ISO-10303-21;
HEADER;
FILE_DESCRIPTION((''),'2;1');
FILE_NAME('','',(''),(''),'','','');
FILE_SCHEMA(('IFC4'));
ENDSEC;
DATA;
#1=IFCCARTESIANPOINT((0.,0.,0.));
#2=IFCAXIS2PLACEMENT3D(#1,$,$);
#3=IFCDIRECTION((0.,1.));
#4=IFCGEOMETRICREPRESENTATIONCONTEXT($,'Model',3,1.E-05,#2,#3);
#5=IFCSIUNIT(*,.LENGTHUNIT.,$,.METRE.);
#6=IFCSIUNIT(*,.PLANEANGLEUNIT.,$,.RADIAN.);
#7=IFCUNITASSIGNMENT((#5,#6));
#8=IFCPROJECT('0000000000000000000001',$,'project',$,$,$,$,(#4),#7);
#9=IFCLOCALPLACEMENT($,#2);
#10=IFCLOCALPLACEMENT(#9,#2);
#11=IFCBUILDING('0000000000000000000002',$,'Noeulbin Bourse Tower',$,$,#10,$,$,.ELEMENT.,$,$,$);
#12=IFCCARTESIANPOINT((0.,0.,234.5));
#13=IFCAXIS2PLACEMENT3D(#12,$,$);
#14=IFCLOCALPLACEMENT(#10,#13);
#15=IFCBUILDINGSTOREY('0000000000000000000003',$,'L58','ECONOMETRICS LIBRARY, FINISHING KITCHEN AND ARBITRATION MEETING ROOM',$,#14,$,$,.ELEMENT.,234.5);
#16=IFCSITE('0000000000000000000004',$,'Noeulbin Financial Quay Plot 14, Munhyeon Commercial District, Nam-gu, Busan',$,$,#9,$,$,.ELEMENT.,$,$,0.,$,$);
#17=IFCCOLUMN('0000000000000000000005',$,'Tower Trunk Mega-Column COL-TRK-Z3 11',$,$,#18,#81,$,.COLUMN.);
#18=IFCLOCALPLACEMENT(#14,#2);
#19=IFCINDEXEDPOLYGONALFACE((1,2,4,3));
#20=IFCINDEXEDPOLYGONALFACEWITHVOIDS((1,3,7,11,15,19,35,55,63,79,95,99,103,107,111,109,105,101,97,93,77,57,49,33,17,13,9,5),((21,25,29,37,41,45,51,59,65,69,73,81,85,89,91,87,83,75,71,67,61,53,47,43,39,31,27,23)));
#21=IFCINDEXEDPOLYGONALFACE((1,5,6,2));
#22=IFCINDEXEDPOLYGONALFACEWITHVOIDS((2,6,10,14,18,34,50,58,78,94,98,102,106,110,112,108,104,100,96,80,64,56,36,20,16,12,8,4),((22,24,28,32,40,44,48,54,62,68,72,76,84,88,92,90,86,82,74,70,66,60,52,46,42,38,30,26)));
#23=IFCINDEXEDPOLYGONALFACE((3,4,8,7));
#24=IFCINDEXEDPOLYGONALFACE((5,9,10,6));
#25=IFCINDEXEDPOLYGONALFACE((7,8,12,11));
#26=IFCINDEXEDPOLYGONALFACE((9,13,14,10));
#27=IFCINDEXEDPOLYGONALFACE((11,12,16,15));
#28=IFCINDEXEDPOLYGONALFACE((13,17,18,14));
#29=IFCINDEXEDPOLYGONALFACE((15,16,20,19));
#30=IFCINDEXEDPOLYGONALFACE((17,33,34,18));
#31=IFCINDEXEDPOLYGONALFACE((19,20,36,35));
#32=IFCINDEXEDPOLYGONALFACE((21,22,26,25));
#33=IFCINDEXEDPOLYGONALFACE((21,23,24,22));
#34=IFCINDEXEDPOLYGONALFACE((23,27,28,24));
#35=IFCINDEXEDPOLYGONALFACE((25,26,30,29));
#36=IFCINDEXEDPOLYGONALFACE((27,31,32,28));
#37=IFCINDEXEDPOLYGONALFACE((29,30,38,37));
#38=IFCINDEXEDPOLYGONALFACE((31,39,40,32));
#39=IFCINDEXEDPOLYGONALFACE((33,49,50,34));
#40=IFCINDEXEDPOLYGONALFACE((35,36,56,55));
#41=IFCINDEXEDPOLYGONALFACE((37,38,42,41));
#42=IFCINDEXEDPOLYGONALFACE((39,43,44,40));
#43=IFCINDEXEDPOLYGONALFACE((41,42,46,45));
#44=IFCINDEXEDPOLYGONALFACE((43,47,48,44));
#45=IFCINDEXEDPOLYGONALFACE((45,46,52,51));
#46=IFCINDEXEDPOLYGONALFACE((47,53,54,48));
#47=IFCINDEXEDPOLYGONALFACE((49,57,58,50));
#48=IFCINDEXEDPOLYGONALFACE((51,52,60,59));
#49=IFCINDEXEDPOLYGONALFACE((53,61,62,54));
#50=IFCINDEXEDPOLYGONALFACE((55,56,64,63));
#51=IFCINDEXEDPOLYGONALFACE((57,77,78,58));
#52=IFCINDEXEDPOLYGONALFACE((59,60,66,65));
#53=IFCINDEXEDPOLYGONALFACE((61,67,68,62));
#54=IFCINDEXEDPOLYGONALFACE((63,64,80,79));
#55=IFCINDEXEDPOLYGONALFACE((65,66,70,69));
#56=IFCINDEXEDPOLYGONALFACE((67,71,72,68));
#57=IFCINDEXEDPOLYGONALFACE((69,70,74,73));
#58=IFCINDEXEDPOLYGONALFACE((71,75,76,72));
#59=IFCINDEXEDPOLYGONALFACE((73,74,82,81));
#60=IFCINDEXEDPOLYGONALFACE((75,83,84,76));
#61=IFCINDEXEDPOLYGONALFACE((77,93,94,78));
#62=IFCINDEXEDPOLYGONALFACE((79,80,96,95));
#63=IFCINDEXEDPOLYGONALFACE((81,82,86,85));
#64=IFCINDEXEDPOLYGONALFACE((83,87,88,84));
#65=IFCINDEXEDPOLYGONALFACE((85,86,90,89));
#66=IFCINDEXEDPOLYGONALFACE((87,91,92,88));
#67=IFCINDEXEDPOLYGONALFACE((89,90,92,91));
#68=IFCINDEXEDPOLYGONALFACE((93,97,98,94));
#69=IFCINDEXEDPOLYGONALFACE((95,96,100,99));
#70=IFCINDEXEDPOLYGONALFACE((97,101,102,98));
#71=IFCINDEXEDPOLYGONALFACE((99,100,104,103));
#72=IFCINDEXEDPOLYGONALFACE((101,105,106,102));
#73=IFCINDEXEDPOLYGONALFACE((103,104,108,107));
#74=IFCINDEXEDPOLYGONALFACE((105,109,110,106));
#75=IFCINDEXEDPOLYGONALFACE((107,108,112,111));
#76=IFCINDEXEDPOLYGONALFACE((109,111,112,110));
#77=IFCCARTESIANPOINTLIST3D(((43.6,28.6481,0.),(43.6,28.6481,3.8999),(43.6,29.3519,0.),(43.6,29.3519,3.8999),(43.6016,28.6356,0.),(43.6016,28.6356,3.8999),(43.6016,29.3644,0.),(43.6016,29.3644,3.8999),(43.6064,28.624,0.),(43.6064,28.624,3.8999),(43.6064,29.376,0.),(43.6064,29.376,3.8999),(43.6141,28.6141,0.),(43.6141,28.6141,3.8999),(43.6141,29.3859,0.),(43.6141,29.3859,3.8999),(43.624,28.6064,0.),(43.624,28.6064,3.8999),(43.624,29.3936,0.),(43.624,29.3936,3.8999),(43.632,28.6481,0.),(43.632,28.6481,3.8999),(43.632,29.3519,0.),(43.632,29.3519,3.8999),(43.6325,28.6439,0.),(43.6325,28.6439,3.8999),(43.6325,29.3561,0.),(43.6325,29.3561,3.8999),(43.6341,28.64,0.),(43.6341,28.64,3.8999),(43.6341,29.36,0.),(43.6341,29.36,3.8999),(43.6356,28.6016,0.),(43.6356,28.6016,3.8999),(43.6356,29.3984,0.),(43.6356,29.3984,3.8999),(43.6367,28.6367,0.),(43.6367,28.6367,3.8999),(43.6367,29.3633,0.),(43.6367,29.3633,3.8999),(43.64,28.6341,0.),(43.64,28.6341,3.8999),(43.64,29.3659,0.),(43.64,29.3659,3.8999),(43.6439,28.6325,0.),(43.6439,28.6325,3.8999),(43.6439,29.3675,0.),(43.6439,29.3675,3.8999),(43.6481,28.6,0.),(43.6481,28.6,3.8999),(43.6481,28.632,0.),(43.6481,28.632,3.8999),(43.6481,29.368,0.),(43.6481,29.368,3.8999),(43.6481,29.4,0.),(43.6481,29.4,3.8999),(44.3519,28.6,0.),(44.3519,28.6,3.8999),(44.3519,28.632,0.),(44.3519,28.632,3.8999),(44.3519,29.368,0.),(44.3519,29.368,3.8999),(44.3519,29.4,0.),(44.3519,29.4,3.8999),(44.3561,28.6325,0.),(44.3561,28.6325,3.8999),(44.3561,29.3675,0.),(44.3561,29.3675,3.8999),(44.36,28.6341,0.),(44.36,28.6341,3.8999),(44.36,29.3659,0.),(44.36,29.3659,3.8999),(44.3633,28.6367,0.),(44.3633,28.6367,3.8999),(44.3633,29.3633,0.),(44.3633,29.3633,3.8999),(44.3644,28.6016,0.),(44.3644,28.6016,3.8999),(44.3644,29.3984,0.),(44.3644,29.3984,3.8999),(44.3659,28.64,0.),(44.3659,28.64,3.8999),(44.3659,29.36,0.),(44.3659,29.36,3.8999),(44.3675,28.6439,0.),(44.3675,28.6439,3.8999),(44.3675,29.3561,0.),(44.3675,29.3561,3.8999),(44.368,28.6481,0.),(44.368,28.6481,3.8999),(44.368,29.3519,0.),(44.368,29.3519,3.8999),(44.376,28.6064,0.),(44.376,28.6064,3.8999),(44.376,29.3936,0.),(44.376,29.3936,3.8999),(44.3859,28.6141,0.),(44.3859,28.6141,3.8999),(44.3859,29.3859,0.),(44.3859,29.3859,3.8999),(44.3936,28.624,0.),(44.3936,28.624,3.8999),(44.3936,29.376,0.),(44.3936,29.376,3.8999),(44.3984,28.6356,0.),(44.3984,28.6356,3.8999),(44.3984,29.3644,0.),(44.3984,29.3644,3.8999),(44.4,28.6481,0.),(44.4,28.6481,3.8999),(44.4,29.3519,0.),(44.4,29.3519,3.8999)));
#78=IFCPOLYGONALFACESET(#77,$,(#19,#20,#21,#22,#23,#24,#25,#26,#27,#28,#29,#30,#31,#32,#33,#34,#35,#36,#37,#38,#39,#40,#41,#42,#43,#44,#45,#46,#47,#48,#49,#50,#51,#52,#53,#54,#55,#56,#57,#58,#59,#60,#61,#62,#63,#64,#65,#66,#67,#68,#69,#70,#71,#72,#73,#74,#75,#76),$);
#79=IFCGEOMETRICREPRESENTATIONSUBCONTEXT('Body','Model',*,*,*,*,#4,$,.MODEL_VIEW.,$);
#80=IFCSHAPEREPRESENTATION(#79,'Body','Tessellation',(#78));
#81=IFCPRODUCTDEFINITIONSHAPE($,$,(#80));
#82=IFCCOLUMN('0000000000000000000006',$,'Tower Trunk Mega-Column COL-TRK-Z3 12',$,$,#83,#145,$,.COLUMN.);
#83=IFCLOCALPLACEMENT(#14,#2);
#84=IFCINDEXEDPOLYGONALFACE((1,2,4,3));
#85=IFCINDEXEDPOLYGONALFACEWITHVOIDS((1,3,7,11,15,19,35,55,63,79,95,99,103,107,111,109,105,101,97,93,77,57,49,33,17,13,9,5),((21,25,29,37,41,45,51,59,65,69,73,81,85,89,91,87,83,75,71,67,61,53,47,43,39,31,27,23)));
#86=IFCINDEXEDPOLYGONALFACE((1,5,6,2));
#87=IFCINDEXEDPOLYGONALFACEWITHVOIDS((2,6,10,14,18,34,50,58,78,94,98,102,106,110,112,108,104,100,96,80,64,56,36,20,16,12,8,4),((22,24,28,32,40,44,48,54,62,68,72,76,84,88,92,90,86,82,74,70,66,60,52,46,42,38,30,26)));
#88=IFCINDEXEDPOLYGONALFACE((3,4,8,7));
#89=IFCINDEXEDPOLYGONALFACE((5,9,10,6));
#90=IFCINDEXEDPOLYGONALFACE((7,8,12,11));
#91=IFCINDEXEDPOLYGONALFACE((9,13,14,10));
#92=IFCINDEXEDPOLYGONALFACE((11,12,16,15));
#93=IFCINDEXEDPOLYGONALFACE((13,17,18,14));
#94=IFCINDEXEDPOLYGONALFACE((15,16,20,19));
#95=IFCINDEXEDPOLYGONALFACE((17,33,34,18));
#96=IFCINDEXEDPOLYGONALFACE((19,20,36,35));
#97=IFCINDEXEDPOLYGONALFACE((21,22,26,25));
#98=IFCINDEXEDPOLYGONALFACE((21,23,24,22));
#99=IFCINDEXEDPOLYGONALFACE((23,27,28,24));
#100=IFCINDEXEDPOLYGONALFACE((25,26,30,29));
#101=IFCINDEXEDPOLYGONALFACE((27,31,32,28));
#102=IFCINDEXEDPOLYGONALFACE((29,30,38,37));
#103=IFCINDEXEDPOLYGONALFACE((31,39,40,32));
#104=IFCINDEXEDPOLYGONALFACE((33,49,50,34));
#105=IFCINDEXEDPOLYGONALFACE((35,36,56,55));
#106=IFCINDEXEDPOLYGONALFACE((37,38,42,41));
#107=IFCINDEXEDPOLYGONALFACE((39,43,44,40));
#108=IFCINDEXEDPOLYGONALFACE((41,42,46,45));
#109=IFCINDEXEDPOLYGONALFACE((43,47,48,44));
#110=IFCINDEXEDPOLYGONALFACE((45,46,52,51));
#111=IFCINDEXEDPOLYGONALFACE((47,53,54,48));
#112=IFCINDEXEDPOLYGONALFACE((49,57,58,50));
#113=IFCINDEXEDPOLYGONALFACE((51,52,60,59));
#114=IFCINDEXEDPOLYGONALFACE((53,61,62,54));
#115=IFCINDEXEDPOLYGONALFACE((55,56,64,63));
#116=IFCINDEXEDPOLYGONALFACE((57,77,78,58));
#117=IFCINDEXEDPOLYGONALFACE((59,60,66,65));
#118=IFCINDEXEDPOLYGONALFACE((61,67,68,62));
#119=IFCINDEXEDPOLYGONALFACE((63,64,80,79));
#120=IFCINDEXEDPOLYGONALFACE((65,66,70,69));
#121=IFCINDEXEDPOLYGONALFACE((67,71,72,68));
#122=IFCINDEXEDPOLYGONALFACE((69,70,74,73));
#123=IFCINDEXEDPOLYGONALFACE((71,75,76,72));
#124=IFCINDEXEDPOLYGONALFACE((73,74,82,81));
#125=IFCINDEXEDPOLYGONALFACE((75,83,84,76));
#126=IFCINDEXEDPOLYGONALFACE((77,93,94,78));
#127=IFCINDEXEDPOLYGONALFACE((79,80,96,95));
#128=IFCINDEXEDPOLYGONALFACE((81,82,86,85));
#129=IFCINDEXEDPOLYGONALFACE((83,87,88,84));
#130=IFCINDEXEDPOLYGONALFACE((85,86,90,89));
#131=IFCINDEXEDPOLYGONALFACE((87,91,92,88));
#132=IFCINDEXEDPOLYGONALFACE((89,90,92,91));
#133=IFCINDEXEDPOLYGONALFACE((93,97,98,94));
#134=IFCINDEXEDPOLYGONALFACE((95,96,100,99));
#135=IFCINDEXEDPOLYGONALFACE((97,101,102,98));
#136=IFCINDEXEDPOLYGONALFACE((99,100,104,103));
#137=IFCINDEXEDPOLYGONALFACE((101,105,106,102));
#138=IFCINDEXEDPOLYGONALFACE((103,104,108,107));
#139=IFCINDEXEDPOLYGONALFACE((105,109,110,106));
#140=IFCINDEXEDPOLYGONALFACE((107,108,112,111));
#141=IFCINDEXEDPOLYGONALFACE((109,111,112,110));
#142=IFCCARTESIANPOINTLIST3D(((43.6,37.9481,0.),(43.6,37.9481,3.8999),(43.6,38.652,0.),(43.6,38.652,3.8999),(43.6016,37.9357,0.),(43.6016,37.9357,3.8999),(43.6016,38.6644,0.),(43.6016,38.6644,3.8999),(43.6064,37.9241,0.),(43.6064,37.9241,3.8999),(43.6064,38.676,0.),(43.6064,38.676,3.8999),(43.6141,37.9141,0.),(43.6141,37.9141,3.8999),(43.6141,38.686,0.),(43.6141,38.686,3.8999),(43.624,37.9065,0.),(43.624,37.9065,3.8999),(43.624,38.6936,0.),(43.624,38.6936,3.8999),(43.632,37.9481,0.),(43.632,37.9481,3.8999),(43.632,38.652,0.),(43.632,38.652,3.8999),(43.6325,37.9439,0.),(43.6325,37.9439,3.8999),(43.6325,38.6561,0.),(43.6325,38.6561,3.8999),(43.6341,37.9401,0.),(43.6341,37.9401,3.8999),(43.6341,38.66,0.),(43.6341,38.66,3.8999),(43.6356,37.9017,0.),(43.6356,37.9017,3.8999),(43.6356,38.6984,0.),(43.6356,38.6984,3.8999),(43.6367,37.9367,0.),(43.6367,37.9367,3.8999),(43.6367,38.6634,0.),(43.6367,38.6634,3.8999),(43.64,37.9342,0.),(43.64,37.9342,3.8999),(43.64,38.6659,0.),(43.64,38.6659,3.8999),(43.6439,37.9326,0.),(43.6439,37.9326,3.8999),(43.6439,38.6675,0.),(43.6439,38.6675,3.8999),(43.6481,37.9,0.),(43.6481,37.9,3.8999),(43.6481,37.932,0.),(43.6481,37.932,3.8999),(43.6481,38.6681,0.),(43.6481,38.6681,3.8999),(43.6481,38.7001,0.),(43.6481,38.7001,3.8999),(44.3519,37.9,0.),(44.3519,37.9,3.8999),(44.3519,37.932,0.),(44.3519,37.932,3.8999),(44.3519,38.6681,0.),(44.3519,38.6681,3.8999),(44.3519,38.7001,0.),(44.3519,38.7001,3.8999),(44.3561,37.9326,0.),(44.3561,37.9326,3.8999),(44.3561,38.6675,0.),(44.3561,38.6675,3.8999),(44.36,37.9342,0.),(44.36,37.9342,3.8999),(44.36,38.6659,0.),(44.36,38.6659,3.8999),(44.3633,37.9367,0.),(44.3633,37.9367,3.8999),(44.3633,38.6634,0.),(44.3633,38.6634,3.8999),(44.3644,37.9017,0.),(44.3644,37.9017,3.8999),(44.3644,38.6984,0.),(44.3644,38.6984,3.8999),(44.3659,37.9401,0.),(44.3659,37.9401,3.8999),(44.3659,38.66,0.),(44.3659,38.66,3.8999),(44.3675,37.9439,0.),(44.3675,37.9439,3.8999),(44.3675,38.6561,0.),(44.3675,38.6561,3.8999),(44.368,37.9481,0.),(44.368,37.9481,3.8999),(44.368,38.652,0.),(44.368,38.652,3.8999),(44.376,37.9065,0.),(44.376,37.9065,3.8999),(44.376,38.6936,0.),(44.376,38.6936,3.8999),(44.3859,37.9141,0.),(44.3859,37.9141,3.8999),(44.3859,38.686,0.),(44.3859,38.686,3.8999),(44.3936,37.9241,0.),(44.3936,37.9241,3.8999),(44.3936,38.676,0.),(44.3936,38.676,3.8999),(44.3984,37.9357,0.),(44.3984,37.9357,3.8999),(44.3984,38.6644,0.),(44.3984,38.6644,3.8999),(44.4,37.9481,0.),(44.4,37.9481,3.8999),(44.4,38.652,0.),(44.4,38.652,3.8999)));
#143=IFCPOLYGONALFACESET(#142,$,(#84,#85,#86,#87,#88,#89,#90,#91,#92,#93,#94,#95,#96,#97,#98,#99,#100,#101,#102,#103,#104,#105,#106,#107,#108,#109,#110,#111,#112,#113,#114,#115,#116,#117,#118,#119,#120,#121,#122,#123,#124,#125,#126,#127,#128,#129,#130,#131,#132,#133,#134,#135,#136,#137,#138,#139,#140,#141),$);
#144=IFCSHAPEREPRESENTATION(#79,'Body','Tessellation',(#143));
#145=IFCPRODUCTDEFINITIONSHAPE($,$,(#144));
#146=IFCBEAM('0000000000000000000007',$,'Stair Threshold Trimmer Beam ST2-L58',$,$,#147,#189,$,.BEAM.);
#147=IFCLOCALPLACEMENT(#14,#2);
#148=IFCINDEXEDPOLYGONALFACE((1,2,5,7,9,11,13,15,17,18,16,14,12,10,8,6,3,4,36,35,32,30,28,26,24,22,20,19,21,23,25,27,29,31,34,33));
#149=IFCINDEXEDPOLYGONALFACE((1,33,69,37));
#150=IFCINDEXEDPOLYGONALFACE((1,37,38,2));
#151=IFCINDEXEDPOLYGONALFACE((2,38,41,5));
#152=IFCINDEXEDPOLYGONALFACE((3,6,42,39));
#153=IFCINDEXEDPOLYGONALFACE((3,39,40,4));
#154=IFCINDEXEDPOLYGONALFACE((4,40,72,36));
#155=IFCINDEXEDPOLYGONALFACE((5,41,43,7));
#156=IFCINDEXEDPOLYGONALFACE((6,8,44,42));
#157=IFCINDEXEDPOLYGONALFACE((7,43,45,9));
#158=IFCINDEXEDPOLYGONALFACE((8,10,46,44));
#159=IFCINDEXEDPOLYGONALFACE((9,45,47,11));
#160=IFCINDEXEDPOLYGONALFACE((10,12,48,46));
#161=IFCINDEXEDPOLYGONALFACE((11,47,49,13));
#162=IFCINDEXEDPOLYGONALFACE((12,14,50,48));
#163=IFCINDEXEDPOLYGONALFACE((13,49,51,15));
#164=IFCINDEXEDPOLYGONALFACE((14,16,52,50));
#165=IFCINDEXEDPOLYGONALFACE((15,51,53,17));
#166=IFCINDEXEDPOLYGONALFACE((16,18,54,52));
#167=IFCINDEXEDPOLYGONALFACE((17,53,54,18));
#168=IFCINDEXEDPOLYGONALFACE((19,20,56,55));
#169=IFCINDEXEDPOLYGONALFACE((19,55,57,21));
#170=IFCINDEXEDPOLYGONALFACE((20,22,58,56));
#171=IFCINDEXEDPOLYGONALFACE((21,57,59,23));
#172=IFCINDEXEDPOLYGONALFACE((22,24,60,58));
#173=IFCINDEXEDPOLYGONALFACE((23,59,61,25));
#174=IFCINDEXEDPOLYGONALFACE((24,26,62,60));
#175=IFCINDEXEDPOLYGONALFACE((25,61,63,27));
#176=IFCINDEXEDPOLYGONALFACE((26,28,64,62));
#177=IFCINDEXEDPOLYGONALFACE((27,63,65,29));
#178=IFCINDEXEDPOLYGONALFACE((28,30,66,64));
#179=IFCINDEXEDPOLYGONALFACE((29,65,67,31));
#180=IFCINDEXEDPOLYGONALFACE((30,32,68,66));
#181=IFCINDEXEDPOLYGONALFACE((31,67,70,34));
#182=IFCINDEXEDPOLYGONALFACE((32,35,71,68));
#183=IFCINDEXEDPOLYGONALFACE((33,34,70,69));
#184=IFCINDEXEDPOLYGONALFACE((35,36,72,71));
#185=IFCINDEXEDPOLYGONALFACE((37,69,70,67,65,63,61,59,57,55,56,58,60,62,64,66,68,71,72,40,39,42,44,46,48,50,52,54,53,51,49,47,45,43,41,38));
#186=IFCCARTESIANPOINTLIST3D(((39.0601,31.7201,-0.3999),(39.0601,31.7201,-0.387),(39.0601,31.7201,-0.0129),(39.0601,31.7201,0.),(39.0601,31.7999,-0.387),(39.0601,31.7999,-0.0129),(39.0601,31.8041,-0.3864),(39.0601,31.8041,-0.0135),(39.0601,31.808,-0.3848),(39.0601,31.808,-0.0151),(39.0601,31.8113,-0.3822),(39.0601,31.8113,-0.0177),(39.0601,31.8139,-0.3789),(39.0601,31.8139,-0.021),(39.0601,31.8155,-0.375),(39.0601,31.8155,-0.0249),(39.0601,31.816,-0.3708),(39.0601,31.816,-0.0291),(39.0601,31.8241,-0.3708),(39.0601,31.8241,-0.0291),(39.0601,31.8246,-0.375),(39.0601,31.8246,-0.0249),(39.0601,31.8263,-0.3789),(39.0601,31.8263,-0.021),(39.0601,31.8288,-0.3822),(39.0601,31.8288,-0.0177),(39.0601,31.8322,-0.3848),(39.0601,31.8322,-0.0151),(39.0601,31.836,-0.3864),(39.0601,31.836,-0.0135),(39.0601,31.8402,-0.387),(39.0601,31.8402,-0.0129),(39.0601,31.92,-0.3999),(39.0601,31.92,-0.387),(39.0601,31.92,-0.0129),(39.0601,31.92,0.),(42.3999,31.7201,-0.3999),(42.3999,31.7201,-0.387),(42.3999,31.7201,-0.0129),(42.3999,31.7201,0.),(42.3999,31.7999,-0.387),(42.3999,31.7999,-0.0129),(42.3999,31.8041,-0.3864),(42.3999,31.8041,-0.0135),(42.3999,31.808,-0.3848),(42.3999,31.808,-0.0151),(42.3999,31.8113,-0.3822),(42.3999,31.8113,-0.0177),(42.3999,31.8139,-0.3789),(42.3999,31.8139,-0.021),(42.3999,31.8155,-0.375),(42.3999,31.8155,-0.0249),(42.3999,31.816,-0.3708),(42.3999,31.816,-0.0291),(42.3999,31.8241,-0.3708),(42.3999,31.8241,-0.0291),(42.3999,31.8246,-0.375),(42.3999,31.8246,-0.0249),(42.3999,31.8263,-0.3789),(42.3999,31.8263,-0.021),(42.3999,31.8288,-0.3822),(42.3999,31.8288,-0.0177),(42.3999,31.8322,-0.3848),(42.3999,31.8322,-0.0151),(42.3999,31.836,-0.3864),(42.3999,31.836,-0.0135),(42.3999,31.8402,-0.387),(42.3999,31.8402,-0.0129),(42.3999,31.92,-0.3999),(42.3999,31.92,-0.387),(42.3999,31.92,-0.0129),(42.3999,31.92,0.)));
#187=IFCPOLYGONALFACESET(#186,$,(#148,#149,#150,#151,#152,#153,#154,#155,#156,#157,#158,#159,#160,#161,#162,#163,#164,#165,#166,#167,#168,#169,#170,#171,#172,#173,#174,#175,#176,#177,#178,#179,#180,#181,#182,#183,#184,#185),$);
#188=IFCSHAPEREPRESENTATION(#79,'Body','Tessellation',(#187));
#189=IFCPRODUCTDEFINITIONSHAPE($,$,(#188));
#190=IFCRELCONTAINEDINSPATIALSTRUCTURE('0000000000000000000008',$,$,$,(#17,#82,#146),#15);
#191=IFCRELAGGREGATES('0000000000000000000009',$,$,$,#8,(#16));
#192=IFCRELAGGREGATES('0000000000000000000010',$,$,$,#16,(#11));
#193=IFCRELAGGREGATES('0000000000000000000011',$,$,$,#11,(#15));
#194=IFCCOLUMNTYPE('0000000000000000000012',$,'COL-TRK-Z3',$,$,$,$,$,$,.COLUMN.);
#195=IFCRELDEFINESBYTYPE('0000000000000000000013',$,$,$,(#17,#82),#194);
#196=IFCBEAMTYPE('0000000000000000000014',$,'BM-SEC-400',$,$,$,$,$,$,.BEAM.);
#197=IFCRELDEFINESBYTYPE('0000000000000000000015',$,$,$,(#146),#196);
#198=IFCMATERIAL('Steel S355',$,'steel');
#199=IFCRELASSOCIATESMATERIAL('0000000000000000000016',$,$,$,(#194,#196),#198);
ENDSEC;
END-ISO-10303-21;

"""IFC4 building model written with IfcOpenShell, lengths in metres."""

from ifc_helpers import new_model, si_unit, direction, frame, origin, origin_2d, place, context, subcontext, project, spatial, hollow_rectangle, i_section, extrude, material, material_profile, profile_set, type_object, element, save


model = new_model("IFC4")

# Units and contexts
model_context = context("Model", 3, precision=1e-05, world=origin(), true_north=direction((0.0, 1.0)))
body_context = subcontext(model_context, "Body", "Model", "MODEL_VIEW")
ifc_project = project(units=[si_unit("LENGTHUNIT", "METRE"), si_unit("PLANEANGLEUNIT", "RADIAN")], contexts=[model_context])

# Site, building, storey
site_placement = place(None, origin())
site = spatial("IfcSite", under=ifc_project, at=site_placement, Name="Noeulbin Financial Quay Plot 14, Munhyeon Commercial District, Nam-gu, Busan", CompositionType="ELEMENT", RefElevation=0.0)
building_placement = place(site_placement, origin())
building = spatial("IfcBuilding", under=site, at=building_placement, Name="Noeulbin Bourse Tower", CompositionType="ELEMENT")
storey_placement = place(building_placement, frame((0.0, 0.0, 234.5)))
storey = spatial("IfcBuildingStorey", under=building, at=storey_placement, Name="L58", Description="ECONOMETRICS LIBRARY, FINISHING KITCHEN AND ARBITRATION MEETING ROOM", CompositionType="ELEMENT", Elevation=234.5)

# Columns
ifc_material_1 = material(Name="Steel S355", Category="steel")
ifc_material_profile_1 = material_profile(ifc_material_1, hollow_rectangle(XDim=0.8, YDim=0.8, WallThickness=0.032, InnerFilletRadius=0.0161, OuterFilletRadius=0.0481, at=origin_2d()), Name="BOX-800x800x32", Category="LoadBearing")
ifc_profile_set_1 = profile_set([ifc_material_profile_1], Name="Steel S355")
column_type = type_object("IfcColumnType", Name="COL-TRK-Z3", PredefinedType="COLUMN", material=ifc_profile_set_1)
for number, where, z_axis, x_axis, name in (
    (1, (44.0, 29.0, 0.0), (0.0, 0.0, 1.0), (1.0, 0.0, 0.0), "Tower Trunk Mega-Column COL-TRK-Z3 11"),
    (2, (44.0, 38.3, 0.0), (0.0, 0.0, 1.0), (1.0, 0.0, 0.0), "Tower Trunk Mega-Column COL-TRK-Z3 12"),
):
    element("IfcColumn", number, at=place(storey_placement, frame(where, z_axis=z_axis, x_axis=x_axis)), inside=storey, type_object=column_type, Name=name, PredefinedType="COLUMN", context=body_context, shape_type="SweptSolid", body=[
        extrude(hollow_rectangle(XDim=0.8, YDim=0.8, WallThickness=0.032, InnerFilletRadius=0.0161, OuterFilletRadius=0.0481, at=origin_2d()), origin(), (0.0, 0.0, 1.0), 3.8999),
    ])

# Beam
ifc_material_profile_2 = material_profile(ifc_material_1, i_section(OverallWidth=0.2, OverallDepth=0.3999, WebThickness=0.0081, FlangeThickness=0.0129, FilletRadius=0.0161, at=origin_2d()), Name="H-400x200x8x13", Category="LoadBearing")
ifc_profile_set_2 = profile_set([ifc_material_profile_2], Name="Steel S355")
beam_type = type_object("IfcBeamType", Name="BM-SEC-400", PredefinedType="BEAM", material=ifc_profile_set_2)
beam_placement = place(storey_placement, frame((39.0601, 31.8201, -0.2), z_axis=(1.0, 0.0, 0.0), x_axis=(0.0, 1.0, 0.0)))
element("IfcBeam", 3, at=beam_placement, inside=storey, type_object=beam_type, Name="Stair Threshold Trimmer Beam ST2-L58", PredefinedType="BEAM", context=body_context, shape_type="SweptSolid", body=[
    extrude(i_section(OverallWidth=0.2, OverallDepth=0.3999, WebThickness=0.0081, FlangeThickness=0.0129, FilletRadius=0.0161, at=origin_2d()), origin(), (0.0, 0.0, 1.0), 3.3398),
])

save(model, "model.ifc")
